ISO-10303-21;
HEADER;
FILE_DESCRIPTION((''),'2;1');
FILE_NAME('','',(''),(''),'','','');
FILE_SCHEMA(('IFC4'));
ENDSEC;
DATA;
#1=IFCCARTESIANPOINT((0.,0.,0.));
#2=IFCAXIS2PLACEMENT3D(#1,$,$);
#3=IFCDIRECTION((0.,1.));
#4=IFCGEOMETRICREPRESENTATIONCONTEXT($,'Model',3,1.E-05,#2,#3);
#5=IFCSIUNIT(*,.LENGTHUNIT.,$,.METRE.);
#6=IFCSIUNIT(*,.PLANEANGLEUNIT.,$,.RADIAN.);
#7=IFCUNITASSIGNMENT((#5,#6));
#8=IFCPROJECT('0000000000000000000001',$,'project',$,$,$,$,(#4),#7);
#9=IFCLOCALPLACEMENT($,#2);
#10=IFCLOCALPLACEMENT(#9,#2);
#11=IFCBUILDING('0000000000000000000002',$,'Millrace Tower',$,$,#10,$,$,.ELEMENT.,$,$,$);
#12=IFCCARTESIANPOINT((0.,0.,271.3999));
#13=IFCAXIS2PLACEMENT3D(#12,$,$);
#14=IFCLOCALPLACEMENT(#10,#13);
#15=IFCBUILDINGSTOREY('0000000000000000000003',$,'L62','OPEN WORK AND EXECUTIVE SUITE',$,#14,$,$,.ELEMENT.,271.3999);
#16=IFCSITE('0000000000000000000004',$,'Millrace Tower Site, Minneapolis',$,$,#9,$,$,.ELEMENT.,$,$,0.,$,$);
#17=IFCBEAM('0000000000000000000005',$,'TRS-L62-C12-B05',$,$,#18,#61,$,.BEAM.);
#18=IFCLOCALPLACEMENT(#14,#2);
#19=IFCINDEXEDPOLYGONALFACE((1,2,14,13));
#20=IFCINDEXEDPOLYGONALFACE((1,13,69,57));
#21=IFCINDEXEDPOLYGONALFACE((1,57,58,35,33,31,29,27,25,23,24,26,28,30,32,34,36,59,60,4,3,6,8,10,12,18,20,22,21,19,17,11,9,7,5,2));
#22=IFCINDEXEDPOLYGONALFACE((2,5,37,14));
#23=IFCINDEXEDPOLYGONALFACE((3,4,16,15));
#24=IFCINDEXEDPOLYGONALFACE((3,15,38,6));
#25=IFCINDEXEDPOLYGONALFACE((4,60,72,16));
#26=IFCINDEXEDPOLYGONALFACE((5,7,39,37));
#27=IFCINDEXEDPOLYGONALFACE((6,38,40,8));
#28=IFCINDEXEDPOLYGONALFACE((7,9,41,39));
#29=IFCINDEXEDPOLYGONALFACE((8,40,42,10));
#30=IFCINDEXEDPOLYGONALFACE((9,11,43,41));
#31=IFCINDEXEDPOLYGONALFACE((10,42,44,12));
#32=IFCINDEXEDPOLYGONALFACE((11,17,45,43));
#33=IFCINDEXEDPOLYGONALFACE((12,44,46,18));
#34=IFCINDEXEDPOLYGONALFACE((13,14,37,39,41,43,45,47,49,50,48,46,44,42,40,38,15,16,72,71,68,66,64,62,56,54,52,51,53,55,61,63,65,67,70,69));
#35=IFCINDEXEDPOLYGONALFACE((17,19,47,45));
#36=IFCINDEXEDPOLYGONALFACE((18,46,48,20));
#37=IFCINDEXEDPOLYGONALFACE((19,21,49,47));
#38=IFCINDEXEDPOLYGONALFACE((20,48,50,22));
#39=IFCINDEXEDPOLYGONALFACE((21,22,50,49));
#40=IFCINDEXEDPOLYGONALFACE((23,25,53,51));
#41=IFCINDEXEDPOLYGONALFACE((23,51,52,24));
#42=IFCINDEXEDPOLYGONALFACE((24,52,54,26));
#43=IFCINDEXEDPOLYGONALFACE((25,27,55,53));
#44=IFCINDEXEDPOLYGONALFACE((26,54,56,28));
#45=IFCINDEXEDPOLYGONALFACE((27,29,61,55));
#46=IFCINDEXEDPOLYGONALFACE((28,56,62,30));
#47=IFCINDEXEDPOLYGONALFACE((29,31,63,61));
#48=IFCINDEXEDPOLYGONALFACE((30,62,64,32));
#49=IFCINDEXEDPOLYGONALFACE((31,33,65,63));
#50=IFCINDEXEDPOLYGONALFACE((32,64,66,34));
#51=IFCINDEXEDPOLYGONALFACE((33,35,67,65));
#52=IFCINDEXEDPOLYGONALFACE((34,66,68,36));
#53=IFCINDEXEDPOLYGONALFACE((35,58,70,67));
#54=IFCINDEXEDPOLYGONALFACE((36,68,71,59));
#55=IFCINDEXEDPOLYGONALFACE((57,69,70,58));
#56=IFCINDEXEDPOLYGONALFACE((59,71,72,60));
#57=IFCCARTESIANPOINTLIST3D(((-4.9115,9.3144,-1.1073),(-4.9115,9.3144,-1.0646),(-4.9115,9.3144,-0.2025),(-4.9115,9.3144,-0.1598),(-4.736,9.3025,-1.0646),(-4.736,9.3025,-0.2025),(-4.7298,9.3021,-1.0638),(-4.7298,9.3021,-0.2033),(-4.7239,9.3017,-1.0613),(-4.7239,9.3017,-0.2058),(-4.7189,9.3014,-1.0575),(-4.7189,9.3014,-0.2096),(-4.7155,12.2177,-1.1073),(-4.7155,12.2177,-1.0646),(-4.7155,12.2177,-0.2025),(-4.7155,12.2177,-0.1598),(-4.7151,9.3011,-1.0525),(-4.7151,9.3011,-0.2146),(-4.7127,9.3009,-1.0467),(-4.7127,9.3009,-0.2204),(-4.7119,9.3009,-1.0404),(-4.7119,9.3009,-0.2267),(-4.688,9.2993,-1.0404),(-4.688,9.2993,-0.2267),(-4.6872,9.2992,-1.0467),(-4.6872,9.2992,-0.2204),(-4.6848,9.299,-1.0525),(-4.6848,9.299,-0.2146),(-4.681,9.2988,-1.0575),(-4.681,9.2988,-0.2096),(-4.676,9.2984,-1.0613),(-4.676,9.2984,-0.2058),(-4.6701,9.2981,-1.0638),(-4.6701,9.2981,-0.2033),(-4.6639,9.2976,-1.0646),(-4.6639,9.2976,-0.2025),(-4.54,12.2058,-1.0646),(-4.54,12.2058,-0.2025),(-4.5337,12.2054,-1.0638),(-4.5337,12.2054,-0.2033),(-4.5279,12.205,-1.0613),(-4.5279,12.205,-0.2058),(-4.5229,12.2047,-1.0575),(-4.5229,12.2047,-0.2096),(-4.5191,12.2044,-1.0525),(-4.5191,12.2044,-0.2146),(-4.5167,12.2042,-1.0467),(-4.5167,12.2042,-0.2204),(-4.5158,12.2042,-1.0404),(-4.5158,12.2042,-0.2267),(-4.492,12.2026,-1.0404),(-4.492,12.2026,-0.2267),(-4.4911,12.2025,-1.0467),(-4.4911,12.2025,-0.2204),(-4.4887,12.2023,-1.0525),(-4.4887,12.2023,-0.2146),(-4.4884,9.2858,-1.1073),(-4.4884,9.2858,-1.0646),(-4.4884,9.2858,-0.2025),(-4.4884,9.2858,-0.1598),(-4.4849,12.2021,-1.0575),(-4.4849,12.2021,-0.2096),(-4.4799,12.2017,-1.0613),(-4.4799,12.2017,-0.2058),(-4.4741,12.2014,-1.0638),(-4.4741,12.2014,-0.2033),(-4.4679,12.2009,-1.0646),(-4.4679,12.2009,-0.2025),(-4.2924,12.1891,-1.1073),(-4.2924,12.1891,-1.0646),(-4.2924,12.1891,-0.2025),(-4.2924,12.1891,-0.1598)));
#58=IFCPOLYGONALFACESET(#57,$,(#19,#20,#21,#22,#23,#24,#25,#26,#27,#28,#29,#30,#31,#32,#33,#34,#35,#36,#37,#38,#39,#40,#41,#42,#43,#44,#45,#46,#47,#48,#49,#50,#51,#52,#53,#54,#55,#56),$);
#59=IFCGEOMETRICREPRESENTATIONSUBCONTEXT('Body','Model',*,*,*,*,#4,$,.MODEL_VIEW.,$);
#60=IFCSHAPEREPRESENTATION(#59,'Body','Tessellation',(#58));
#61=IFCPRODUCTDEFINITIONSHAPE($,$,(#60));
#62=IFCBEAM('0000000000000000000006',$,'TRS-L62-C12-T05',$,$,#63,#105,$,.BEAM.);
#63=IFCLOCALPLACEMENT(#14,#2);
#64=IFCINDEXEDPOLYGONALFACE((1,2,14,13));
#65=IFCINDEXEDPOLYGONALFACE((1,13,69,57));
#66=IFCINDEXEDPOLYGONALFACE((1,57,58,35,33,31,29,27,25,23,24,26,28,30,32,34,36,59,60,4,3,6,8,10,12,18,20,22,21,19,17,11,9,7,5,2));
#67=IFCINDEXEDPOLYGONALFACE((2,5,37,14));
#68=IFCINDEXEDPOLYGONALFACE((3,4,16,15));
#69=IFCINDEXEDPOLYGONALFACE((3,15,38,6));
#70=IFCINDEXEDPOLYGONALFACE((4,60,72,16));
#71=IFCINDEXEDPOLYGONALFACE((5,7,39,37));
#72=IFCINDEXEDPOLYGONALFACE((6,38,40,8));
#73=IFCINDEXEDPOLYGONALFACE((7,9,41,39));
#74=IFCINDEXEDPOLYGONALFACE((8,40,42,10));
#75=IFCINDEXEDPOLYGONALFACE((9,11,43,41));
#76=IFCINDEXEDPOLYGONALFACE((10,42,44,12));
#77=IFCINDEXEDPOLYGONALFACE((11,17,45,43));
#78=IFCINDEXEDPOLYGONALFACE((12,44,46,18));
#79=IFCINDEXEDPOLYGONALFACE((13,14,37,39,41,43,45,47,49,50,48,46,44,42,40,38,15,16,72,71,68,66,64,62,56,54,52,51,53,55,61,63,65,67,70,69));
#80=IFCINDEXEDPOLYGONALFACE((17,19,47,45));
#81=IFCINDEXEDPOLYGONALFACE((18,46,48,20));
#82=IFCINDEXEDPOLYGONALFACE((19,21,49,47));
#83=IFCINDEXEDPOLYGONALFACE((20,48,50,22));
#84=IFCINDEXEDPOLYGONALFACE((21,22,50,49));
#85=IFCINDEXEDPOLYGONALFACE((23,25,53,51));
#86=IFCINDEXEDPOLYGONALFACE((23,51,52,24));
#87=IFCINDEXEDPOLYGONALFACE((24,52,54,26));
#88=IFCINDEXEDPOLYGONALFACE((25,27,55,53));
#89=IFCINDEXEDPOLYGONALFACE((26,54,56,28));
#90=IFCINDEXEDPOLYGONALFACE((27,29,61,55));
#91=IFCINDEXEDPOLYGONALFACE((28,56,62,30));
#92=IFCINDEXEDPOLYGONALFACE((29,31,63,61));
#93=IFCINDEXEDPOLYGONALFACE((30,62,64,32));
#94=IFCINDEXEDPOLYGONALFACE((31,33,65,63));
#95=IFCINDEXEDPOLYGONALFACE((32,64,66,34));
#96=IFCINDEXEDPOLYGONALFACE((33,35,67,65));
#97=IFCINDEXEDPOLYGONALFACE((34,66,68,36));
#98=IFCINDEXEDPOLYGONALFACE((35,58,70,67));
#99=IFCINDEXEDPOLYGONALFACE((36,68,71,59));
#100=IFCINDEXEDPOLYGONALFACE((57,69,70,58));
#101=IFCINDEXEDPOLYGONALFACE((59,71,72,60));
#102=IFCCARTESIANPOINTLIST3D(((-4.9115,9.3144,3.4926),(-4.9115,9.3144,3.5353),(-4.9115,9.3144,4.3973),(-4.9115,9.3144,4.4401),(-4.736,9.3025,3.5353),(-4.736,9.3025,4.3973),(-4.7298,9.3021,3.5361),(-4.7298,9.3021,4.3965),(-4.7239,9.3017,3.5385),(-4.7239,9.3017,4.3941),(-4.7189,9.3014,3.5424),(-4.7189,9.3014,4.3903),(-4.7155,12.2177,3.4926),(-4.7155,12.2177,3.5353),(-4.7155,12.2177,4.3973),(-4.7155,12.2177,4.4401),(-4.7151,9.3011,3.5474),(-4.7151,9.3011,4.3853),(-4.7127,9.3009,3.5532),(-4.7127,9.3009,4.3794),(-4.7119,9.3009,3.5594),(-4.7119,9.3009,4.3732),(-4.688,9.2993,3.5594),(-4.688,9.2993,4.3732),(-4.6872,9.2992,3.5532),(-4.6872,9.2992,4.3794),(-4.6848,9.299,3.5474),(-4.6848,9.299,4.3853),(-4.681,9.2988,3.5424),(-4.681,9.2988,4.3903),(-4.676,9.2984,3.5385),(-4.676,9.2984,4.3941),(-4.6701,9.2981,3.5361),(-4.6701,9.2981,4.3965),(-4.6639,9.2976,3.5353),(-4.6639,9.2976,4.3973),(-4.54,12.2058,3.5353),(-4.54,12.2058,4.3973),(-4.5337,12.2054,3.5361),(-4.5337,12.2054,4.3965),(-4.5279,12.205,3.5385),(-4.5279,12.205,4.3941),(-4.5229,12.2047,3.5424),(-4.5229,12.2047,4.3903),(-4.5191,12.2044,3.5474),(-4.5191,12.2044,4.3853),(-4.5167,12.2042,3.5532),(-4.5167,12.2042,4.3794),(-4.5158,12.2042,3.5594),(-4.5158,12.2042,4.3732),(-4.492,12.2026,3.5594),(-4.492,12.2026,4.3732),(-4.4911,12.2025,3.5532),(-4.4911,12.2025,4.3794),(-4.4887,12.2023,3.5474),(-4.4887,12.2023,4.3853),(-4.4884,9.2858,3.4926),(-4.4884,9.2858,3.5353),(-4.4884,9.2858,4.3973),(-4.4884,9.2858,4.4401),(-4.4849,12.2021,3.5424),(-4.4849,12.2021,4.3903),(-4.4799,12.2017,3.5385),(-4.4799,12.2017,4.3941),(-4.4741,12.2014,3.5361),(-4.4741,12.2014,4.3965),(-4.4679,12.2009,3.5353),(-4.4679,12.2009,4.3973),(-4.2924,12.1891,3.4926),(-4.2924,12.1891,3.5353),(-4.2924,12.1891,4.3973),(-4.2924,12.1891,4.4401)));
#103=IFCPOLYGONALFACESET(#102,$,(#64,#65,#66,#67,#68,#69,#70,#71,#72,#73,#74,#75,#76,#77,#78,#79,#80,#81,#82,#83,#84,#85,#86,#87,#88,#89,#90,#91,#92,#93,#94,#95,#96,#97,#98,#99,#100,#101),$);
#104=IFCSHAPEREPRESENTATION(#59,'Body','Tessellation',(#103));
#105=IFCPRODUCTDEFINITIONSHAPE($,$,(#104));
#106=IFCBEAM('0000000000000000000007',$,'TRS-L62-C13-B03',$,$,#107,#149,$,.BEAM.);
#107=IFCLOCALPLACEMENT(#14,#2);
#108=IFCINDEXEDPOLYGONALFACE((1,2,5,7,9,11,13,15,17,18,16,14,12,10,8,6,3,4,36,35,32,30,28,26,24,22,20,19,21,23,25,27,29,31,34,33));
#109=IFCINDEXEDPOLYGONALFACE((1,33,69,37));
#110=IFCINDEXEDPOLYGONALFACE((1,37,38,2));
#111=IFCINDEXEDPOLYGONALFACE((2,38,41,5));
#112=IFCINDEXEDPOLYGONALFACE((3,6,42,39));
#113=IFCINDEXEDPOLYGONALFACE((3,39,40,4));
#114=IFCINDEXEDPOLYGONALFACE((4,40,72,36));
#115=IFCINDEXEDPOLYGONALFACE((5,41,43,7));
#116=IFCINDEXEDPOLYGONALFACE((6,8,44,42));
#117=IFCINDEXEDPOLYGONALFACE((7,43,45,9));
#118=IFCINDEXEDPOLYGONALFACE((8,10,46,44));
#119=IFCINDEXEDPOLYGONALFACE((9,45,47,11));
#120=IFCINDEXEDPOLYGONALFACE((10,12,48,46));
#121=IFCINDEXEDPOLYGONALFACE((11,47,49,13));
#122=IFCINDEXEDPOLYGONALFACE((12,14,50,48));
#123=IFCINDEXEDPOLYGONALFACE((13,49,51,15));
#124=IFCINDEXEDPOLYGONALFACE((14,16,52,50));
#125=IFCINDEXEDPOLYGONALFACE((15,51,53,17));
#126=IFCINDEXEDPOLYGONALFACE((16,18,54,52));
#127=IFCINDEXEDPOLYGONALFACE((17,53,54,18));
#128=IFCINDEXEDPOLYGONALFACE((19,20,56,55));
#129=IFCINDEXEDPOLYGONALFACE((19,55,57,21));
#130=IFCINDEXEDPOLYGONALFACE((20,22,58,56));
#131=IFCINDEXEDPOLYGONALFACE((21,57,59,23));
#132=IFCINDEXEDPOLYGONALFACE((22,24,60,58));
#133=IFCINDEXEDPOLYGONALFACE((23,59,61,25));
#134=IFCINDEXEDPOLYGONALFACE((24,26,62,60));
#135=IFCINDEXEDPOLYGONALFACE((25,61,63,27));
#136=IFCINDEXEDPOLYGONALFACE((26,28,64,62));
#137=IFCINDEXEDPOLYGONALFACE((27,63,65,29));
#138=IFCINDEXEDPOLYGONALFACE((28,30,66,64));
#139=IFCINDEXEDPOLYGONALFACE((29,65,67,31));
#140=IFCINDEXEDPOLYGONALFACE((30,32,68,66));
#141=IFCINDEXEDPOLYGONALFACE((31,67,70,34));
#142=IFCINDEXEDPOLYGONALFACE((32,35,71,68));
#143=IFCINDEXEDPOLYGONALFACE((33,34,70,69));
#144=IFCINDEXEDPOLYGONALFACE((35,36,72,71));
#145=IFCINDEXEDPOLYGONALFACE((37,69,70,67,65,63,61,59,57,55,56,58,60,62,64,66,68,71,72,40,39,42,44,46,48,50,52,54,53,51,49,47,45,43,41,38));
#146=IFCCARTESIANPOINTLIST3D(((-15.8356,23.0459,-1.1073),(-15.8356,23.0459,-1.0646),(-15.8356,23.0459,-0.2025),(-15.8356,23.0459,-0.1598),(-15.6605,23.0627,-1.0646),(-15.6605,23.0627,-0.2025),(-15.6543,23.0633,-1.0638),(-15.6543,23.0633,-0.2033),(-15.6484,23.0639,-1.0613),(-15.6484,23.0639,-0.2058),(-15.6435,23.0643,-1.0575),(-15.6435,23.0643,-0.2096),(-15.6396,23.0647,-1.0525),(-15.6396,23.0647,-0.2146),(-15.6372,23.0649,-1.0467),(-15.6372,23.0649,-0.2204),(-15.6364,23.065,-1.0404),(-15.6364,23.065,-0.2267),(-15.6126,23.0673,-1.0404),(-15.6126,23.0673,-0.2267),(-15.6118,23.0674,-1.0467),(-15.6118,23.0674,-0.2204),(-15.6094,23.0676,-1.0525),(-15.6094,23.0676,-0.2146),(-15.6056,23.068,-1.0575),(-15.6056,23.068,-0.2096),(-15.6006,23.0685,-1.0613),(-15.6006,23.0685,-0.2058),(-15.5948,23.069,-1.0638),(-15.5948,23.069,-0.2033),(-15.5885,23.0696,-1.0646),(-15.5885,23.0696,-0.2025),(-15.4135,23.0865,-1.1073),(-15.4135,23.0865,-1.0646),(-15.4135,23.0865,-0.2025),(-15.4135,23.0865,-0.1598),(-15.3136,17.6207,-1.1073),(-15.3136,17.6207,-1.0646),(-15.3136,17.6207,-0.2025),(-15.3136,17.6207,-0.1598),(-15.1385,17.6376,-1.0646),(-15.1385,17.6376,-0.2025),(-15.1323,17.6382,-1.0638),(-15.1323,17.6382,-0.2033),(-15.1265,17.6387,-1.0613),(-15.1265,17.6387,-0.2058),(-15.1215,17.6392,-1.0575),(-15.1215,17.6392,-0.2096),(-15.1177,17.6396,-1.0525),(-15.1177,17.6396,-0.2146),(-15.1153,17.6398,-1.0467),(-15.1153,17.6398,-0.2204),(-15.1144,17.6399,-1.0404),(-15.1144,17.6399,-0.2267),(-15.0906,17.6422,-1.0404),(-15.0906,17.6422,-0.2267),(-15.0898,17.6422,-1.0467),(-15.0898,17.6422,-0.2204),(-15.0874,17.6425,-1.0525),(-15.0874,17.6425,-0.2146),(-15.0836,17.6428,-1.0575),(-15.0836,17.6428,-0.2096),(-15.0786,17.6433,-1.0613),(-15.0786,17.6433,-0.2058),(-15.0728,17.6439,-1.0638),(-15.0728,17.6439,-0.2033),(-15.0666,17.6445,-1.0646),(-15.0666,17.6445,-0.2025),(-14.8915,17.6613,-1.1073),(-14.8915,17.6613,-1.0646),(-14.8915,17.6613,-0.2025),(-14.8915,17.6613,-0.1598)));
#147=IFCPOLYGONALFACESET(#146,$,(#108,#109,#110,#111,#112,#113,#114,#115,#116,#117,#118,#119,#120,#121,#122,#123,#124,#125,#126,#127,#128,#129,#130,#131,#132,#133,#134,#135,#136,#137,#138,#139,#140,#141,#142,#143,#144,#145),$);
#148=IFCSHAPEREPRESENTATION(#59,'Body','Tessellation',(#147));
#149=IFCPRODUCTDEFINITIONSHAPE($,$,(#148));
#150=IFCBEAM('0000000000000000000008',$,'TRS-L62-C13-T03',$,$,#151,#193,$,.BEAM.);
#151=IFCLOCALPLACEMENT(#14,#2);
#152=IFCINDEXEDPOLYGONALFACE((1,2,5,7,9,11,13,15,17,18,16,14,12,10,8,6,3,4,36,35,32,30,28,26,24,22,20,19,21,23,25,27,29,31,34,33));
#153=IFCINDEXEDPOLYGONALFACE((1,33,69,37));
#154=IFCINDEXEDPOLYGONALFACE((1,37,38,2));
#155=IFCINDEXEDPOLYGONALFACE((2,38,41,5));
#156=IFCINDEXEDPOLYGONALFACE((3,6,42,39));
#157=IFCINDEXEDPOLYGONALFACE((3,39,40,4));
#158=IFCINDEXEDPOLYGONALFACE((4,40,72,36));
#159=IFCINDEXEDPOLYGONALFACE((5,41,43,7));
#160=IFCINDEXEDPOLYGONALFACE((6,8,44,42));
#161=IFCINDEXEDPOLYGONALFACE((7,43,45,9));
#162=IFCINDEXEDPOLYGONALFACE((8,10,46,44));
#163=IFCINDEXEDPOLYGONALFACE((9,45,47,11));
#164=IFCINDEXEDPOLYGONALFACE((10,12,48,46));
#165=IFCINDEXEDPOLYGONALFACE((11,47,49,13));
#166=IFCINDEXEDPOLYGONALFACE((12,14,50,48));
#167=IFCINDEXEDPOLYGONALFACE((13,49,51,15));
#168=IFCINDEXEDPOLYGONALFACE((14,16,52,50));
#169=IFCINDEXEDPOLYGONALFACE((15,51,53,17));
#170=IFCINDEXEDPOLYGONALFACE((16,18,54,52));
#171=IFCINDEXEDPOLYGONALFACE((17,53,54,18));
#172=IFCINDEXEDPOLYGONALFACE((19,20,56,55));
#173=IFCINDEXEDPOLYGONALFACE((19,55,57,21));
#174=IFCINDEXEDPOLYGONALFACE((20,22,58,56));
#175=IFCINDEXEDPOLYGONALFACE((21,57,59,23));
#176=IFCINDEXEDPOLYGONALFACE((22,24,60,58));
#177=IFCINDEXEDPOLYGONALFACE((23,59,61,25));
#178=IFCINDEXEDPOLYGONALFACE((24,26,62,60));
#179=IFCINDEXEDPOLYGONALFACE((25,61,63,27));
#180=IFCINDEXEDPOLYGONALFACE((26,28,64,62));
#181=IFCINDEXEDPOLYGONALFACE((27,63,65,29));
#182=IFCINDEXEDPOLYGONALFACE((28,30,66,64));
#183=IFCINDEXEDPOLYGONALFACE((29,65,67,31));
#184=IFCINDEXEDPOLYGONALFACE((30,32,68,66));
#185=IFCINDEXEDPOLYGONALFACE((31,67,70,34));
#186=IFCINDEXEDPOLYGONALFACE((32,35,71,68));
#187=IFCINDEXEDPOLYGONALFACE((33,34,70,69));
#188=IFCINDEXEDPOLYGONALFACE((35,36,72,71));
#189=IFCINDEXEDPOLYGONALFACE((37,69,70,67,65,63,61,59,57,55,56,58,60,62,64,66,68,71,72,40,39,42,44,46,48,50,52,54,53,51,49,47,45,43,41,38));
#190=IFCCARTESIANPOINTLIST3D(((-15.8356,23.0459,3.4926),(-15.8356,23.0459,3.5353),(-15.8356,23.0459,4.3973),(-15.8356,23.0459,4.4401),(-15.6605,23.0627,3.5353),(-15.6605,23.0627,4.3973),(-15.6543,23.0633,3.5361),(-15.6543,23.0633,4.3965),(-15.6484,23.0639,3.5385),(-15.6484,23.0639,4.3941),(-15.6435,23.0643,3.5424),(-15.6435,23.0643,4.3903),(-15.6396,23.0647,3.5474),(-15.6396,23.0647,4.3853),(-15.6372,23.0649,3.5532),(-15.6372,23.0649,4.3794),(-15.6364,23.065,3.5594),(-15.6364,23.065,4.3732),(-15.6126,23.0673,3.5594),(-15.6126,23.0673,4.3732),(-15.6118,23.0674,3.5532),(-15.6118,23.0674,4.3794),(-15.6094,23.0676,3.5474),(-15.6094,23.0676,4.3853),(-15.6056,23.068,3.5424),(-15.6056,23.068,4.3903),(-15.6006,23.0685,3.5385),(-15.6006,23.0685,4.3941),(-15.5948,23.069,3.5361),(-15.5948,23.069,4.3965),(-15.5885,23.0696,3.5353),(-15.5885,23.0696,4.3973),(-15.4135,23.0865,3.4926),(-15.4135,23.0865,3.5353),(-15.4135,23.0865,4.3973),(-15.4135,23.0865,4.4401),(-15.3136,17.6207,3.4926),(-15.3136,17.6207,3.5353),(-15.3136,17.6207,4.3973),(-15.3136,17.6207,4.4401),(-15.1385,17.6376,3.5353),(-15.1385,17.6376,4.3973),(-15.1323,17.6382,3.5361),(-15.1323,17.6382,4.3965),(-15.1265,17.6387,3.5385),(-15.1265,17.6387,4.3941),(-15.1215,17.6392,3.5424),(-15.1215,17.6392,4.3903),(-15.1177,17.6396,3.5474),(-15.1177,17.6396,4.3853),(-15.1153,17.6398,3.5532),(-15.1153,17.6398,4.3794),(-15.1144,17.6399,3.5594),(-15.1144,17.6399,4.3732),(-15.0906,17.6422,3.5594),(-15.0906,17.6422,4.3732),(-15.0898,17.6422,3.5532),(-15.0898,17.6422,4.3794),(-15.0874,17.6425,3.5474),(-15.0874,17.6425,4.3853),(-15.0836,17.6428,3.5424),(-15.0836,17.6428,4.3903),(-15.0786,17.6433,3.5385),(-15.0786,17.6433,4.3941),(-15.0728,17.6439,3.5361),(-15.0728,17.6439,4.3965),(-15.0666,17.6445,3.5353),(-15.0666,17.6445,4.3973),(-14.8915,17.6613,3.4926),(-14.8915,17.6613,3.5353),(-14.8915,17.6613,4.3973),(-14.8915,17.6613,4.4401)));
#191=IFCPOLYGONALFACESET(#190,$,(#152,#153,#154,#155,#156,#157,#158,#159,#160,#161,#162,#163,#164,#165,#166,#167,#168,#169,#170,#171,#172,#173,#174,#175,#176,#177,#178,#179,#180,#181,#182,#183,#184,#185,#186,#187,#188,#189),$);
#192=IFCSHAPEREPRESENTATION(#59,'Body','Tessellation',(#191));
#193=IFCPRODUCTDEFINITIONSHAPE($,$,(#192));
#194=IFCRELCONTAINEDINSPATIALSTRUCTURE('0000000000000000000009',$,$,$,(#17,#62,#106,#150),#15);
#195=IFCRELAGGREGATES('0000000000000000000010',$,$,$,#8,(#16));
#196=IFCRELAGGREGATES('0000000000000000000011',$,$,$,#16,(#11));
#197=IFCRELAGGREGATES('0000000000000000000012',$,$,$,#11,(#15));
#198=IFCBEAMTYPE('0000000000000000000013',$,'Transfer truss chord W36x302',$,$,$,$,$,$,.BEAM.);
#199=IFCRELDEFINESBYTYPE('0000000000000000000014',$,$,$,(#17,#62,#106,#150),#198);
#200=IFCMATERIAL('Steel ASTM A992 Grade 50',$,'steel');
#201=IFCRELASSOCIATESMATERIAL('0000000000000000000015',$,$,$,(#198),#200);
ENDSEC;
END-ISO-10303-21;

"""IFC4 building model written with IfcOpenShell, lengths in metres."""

from ifc_helpers import new_model, si_unit, direction, frame, origin, origin_2d, place, context, subcontext, project, spatial, i_section, extrude, material, material_profile, profile_set, type_object, element, save


model = new_model("IFC4")

# Units and contexts
model_context = context("Model", 3, precision=1e-05, world=origin(), true_north=direction((0.0, 1.0)))
body_context = subcontext(model_context, "Body", "Model", "MODEL_VIEW")
ifc_project = project(units=[si_unit("LENGTHUNIT", "METRE"), si_unit("PLANEANGLEUNIT", "RADIAN")], contexts=[model_context])

# Site, building, storey
site_placement = place(None, origin())
site = spatial("IfcSite", under=ifc_project, at=site_placement, Name="Millrace Tower Site, Minneapolis", CompositionType="ELEMENT", RefElevation=0.0)
building_placement = place(site_placement, origin())
building = spatial("IfcBuilding", under=site, at=building_placement, Name="Millrace Tower", CompositionType="ELEMENT")
storey_placement = place(building_placement, frame((0.0, 0.0, 271.3999)))
storey = spatial("IfcBuildingStorey", under=building, at=storey_placement, Name="L62", Description="OPEN WORK AND EXECUTIVE SUITE", CompositionType="ELEMENT", Elevation=271.3999)

# Beams
ifc_material_1 = material(Name="Steel ASTM A992 Grade 50", Category="steel")
ifc_material_profile_1 = material_profile(ifc_material_1, i_section(OverallWidth=0.4241, OverallDepth=0.9475, WebThickness=0.0239, FlangeThickness=0.0427, FilletRadius=0.0242, at=origin_2d()))
ifc_profile_set_1 = profile_set([ifc_material_profile_1], Name="Steel ASTM A992 Grade 50")
beam_type_1 = type_object("IfcBeamType", Name="Transfer truss chord W36x302", PredefinedType="BEAM", material=ifc_profile_set_1)
for number, where, z_axis, x_axis, name in (
    (1, (-4.5039, 12.2034, -0.6335), (-0.067371, -0.997728, 0.0), (0.997728, -0.067371, 0.0), "TRS-L62-C12-B05"),
    (2, (-4.5039, 12.2034, 3.9663), (-0.067371, -0.997728, 0.0), (0.997728, -0.067371, 0.0), "TRS-L62-C12-T05"),
):
    element("IfcBeam", number, at=place(storey_placement, frame(where, z_axis=z_axis, x_axis=x_axis)), inside=storey, type_object=beam_type_1, Name=name, PredefinedType="BEAM", context=body_context, shape_type="SweptSolid", body=[
        extrude(i_section(OverallWidth=0.4241, OverallDepth=0.9475, WebThickness=0.0239, FlangeThickness=0.0427, FilletRadius=0.0242, at=origin_2d()), origin(), (0.0, 0.0, 1.0), 2.9099),
    ])
for number, where, z_axis, x_axis, name in (
    (3, (-15.6245, 23.0662, -0.6335), (0.095773, -0.995403, 0.0), (0.995403, 0.095773, 0.0), "TRS-L62-C13-B03"),
    (4, (-15.6245, 23.0662, 3.9663), (0.095773, -0.995403, 0.0), (0.995403, 0.095773, 0.0), "TRS-L62-C13-T03"),
):
    element("IfcBeam", number, at=place(storey_placement, frame(where, z_axis=z_axis, x_axis=x_axis)), inside=storey, type_object=beam_type_1, Name=name, PredefinedType="BEAM", context=body_context, shape_type="SweptSolid", body=[
        extrude(i_section(OverallWidth=0.4241, OverallDepth=0.9475, WebThickness=0.0239, FlangeThickness=0.0427, FilletRadius=0.0242, at=origin_2d()), origin(), (0.0, 0.0, 1.0), 5.4502),
    ])

save(model, "model.ifc")
